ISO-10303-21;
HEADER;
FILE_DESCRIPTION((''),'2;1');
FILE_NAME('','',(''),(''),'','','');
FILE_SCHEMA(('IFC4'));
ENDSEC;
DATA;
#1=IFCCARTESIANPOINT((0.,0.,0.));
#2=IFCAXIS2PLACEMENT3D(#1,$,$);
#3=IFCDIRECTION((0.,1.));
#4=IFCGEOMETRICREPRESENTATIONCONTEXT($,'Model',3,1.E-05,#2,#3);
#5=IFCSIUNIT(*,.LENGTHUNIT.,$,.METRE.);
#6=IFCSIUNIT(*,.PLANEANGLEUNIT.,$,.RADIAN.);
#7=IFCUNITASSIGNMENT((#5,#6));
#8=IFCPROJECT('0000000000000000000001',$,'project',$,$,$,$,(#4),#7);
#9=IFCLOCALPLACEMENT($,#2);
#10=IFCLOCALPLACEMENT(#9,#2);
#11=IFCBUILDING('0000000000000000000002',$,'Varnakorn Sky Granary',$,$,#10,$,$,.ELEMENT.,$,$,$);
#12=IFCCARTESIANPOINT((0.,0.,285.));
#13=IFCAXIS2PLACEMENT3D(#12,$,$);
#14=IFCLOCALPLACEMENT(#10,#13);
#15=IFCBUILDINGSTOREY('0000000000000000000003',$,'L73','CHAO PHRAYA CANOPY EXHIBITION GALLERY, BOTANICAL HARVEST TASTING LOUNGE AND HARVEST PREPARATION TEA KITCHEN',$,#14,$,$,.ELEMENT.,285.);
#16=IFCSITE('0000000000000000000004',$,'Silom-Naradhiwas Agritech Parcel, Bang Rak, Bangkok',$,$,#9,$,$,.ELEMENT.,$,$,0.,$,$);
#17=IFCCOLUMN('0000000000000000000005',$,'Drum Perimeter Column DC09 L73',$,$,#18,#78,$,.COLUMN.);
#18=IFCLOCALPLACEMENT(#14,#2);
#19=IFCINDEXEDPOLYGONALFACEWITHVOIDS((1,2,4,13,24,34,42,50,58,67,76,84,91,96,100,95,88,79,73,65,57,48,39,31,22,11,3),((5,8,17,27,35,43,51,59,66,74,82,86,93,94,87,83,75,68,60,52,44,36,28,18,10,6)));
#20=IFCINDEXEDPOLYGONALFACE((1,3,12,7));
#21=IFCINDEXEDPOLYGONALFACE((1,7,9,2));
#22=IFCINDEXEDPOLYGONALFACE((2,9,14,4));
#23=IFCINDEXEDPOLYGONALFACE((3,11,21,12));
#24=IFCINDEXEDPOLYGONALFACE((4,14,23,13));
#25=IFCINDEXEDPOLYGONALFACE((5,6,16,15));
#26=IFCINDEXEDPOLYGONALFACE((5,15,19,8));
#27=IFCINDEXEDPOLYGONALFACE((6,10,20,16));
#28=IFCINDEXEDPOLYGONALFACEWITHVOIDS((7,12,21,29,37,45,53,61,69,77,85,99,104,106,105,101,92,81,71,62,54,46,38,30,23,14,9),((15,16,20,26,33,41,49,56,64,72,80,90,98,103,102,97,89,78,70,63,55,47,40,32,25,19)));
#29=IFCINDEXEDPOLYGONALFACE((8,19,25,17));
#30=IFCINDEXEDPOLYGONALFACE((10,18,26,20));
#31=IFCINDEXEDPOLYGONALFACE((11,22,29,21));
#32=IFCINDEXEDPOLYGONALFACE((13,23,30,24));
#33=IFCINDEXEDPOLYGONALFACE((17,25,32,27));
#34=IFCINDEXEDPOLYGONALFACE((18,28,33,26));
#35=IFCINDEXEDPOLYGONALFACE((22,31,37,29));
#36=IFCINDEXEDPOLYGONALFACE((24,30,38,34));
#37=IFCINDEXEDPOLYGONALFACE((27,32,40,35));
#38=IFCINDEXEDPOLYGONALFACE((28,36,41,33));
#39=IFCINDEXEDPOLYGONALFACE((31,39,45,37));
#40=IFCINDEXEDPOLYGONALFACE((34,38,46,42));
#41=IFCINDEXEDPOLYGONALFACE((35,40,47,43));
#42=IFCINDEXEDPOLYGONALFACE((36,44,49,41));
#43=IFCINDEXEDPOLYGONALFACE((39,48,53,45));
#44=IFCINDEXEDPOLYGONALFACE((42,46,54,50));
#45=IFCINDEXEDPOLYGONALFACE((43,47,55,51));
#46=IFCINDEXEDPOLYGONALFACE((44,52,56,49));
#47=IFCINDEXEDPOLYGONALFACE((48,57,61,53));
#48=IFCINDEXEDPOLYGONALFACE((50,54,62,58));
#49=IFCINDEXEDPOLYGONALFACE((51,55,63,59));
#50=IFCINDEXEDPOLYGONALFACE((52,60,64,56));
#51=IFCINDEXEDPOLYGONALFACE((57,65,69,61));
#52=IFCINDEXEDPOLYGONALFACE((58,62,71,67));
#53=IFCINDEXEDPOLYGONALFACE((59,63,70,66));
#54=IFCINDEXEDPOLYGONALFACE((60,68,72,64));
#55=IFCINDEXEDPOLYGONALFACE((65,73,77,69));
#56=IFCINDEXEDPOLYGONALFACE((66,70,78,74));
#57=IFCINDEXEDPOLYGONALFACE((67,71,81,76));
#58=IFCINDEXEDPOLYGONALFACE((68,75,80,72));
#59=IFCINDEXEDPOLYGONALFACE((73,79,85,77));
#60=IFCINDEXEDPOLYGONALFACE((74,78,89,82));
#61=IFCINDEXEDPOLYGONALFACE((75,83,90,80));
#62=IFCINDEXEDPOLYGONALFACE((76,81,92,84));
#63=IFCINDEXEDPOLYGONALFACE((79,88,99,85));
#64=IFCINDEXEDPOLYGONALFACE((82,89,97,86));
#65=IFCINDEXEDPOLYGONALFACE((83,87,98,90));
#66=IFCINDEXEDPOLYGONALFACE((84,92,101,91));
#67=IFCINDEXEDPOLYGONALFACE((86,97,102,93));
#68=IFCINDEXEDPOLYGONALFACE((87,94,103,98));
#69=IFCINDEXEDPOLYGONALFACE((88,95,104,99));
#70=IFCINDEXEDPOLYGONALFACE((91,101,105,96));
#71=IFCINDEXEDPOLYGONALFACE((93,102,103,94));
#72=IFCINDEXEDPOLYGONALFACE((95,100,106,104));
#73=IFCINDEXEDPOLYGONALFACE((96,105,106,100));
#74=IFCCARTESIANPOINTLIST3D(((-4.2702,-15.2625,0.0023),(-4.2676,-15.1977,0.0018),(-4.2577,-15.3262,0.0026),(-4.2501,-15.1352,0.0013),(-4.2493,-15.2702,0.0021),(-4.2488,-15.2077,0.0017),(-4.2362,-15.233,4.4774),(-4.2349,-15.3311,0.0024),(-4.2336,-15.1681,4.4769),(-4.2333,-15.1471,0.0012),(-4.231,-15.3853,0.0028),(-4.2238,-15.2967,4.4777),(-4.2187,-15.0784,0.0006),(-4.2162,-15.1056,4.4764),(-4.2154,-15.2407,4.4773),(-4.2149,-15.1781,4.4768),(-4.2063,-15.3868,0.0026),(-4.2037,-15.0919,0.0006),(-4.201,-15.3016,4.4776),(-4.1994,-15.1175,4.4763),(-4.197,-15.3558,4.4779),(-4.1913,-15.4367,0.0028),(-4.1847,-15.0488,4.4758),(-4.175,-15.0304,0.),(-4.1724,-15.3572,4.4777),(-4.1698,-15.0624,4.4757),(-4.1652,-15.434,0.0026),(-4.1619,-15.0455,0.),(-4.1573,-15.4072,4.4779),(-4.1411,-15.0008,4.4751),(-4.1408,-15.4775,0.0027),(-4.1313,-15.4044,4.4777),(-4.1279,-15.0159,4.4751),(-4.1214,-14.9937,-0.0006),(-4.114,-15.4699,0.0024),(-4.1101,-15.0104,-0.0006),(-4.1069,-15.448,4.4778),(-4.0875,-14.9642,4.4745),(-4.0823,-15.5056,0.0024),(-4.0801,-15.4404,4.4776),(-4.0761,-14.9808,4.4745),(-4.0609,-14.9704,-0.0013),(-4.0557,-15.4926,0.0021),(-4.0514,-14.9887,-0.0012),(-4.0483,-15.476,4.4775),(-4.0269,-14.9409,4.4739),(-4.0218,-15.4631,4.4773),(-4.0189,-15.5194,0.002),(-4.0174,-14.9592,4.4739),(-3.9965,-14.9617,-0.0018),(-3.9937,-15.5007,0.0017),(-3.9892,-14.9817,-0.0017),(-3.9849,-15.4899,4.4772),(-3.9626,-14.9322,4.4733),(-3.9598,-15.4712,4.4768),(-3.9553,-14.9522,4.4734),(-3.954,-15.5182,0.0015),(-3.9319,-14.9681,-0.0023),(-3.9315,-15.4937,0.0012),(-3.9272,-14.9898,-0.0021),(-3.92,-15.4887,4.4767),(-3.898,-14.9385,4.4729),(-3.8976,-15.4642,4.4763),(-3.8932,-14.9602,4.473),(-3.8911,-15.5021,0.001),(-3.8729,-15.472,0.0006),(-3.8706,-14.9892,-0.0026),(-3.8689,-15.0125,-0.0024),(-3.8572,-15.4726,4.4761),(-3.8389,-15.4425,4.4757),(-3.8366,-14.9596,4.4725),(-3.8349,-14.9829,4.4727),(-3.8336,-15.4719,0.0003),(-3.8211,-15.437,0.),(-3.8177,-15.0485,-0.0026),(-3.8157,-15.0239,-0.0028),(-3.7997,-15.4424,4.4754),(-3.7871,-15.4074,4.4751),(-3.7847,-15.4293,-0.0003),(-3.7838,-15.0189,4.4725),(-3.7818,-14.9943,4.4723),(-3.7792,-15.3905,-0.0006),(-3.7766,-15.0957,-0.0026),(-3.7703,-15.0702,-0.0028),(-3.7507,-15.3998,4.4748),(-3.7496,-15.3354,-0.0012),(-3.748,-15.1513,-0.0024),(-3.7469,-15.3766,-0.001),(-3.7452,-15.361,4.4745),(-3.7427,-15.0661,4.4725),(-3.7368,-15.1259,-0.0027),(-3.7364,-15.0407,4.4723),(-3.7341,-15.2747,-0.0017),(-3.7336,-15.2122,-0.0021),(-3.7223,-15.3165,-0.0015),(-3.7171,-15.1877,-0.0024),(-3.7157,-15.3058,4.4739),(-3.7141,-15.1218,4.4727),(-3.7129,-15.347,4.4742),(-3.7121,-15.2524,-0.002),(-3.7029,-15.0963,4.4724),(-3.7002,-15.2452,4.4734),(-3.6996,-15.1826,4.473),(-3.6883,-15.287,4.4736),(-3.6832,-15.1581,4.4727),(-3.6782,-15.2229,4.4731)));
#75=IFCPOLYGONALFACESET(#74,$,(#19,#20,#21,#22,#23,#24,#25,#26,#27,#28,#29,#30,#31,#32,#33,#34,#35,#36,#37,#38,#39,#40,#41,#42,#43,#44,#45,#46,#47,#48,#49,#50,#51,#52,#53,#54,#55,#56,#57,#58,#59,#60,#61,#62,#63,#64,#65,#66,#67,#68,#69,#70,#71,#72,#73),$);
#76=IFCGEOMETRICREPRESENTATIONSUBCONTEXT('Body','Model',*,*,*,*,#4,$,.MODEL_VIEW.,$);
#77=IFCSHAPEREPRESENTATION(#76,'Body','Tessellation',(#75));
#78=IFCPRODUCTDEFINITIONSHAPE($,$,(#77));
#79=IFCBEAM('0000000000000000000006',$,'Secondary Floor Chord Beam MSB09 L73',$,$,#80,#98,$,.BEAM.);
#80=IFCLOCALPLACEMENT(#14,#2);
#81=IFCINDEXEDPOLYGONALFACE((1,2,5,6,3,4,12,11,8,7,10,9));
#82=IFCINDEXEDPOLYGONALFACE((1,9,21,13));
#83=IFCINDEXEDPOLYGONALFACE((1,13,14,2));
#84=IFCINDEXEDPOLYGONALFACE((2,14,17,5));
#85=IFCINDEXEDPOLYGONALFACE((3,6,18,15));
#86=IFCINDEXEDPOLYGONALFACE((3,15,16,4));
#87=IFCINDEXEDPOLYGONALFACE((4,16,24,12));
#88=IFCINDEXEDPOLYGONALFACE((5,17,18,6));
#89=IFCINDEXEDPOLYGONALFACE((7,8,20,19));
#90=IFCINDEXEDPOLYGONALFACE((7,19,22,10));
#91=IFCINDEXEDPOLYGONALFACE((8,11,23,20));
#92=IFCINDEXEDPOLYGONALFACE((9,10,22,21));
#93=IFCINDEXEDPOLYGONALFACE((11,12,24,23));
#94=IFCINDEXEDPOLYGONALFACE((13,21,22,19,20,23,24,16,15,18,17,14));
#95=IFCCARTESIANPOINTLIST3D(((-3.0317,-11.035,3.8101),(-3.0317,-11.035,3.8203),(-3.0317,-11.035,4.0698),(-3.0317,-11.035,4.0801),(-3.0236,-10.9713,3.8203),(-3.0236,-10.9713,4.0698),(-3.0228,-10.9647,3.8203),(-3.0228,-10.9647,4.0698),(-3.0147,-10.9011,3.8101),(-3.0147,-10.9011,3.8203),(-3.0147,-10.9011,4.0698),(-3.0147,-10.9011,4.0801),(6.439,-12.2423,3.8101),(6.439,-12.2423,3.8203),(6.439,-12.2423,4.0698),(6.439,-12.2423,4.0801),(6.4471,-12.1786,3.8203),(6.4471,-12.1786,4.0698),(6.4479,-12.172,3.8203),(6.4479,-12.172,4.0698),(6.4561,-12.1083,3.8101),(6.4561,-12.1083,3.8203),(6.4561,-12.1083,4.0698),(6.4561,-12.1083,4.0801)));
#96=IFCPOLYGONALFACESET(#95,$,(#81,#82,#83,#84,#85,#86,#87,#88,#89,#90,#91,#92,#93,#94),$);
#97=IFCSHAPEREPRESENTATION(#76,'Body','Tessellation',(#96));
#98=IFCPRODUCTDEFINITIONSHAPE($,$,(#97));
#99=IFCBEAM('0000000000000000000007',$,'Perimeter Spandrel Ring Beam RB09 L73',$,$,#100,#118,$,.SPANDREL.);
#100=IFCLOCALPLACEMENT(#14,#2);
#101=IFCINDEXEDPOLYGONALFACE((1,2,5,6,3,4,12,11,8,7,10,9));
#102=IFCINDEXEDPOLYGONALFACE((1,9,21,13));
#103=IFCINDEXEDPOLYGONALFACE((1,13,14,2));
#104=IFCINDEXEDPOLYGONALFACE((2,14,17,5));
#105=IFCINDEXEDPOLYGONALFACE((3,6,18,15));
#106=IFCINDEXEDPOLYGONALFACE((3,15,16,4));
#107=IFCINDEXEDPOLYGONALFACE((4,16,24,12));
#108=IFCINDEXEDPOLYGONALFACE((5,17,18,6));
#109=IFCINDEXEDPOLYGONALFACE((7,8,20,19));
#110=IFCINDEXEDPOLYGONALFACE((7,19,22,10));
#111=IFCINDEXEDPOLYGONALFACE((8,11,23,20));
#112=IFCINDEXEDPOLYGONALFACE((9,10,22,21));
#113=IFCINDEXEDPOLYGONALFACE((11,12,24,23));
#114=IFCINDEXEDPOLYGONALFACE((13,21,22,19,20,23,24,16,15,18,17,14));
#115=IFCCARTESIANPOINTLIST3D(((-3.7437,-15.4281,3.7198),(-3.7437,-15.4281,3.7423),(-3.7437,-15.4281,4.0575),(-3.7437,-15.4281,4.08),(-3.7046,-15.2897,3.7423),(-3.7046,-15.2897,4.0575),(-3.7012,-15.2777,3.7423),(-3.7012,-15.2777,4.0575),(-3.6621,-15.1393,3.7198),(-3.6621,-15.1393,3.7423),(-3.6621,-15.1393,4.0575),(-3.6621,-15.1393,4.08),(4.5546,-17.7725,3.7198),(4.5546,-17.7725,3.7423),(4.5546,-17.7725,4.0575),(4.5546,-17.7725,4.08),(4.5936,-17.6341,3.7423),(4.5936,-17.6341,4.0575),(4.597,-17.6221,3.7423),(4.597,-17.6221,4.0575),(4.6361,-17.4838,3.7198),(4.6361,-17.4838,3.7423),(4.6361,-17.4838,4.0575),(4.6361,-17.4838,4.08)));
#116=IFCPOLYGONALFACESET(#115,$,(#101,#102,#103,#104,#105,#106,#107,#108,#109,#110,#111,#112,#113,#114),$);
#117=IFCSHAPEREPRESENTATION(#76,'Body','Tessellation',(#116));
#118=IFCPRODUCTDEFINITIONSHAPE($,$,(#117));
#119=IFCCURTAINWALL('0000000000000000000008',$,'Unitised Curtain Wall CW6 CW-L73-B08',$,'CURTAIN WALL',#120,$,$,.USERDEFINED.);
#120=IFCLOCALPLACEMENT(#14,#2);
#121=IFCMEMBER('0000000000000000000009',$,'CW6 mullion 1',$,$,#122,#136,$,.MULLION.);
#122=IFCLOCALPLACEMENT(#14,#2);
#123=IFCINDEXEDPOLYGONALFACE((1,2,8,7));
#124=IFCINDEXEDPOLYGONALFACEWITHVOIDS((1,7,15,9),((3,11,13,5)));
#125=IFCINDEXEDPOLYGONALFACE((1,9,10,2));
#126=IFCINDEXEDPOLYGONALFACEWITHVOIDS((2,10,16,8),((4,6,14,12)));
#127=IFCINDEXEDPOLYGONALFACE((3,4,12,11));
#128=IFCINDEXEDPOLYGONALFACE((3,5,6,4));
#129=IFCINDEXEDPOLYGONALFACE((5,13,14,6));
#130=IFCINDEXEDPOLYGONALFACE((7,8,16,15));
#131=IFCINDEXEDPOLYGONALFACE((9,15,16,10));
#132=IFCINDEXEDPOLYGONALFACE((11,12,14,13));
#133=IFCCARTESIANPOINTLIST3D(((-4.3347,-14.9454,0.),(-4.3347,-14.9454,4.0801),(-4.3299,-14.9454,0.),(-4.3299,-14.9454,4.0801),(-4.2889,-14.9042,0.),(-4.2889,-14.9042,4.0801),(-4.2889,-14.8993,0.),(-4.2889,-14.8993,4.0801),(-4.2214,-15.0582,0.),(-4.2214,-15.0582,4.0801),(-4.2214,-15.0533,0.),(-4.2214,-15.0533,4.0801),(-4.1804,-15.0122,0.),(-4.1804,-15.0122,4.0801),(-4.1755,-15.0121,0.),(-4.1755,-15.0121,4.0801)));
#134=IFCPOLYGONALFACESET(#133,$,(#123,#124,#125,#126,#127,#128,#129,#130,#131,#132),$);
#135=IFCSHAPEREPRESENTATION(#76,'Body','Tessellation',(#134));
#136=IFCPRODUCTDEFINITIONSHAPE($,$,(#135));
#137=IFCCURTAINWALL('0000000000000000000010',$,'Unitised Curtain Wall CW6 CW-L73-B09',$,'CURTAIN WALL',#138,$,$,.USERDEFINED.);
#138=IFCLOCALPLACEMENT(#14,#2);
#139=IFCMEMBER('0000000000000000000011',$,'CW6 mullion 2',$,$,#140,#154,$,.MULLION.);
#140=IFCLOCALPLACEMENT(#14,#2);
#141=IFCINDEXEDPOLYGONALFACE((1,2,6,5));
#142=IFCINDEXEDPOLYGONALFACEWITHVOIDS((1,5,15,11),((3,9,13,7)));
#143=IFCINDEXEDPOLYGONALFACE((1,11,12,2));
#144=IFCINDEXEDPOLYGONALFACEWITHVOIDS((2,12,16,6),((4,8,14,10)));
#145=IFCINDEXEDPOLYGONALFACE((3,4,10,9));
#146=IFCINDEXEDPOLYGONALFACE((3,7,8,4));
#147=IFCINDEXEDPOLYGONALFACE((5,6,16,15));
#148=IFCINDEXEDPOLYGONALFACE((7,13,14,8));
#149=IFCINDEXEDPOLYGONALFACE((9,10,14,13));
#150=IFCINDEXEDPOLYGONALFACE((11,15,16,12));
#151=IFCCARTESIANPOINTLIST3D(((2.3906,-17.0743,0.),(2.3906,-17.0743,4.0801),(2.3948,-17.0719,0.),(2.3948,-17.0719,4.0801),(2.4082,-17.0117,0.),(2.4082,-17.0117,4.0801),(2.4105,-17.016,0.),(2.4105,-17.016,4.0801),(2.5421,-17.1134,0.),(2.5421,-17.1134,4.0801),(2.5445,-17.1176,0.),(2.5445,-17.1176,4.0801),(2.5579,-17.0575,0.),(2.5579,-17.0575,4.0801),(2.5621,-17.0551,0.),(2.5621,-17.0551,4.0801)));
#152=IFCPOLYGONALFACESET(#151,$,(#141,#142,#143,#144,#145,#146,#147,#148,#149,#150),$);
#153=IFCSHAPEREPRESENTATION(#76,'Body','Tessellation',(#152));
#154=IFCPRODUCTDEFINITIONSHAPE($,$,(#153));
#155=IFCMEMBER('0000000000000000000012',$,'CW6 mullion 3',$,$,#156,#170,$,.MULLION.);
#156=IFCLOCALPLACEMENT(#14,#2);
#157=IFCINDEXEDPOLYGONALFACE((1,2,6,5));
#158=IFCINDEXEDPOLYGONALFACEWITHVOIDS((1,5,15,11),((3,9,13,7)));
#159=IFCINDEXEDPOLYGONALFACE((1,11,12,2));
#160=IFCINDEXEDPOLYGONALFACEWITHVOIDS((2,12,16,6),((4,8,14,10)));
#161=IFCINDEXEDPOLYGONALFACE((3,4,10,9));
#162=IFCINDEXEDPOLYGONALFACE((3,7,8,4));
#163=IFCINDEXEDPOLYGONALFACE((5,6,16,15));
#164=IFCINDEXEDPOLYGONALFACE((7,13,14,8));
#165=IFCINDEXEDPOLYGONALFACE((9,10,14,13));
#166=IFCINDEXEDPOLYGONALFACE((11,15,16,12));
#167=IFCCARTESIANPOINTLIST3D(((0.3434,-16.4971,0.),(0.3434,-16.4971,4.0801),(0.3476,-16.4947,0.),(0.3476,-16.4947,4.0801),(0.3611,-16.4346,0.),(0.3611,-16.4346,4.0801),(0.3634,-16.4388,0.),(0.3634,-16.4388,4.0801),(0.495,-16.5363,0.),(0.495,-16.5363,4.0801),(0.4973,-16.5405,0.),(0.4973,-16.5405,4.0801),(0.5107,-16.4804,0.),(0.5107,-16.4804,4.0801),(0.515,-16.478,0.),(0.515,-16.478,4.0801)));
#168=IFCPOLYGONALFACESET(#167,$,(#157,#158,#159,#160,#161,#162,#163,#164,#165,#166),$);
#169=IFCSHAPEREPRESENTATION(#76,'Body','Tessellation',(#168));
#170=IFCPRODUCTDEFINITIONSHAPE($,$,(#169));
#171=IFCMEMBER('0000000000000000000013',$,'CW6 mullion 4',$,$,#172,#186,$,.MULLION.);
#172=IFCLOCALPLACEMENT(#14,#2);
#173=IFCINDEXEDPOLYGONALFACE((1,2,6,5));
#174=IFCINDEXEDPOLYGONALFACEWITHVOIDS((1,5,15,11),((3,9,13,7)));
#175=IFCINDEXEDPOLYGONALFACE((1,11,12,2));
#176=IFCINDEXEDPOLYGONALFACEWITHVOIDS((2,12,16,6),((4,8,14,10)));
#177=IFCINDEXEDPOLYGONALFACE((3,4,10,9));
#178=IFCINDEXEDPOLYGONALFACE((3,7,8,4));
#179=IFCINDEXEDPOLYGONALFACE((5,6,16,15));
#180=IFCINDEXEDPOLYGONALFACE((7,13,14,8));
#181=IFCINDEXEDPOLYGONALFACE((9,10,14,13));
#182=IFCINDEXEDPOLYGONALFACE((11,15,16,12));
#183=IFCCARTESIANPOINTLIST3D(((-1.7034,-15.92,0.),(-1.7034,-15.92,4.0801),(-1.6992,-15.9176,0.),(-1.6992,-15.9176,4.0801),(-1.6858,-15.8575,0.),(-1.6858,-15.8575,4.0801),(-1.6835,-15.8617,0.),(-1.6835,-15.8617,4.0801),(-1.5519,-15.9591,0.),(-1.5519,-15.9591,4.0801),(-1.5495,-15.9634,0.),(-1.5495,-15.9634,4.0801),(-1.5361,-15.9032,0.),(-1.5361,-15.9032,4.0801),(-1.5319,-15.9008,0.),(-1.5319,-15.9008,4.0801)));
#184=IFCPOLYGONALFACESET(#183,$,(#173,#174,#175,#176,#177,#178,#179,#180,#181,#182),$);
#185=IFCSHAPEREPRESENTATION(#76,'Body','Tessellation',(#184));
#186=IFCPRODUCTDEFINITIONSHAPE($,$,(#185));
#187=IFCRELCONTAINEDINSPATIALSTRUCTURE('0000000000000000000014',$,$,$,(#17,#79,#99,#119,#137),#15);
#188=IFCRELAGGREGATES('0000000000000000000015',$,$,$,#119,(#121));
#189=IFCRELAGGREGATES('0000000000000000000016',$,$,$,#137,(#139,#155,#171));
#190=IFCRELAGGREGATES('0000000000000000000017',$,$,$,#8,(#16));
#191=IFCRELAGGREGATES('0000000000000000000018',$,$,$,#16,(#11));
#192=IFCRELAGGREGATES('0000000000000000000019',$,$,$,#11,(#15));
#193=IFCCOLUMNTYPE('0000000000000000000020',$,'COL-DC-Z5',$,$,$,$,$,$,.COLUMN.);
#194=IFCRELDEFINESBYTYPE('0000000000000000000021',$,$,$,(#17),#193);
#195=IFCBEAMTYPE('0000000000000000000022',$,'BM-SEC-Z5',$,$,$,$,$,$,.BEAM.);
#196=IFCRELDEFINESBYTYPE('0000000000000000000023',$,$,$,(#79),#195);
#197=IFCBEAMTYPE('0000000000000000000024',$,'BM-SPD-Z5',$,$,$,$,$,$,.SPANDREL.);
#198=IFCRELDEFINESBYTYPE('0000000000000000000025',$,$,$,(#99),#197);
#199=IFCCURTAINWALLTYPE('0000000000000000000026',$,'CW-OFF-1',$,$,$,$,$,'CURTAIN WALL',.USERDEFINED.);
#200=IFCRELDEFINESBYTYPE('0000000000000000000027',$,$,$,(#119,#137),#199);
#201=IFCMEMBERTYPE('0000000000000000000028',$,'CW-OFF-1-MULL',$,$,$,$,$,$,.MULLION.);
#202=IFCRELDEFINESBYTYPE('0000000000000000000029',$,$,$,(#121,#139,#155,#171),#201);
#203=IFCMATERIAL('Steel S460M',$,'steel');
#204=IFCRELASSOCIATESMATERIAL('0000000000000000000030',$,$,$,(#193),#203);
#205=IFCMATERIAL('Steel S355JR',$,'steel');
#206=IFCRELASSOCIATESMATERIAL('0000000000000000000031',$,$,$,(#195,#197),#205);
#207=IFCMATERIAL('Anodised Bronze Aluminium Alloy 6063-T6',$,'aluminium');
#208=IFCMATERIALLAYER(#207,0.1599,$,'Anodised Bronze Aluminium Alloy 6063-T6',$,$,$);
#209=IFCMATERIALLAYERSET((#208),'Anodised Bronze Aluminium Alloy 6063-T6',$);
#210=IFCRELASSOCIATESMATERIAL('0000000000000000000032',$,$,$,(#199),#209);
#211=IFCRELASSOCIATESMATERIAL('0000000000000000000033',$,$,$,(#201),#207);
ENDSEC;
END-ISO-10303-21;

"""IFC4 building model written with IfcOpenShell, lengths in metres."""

from ifc_helpers import new_model, si_unit, direction, frame, origin, origin_2d, place, context, subcontext, project, spatial, hollow_rectangle, hollow_circle, i_section, extrude, material, layer, layer_set, material_profile, profile_set, type_object, element, aggregate, save


model = new_model("IFC4")

# Units and contexts
model_context = context("Model", 3, precision=1e-05, world=origin(), true_north=direction((0.0, 1.0)))
body_context = subcontext(model_context, "Body", "Model", "MODEL_VIEW")
ifc_project = project(units=[si_unit("LENGTHUNIT", "METRE"), si_unit("PLANEANGLEUNIT", "RADIAN")], contexts=[model_context])

# Site, building, storey
site_placement = place(None, origin())
site = spatial("IfcSite", under=ifc_project, at=site_placement, Name="Silom-Naradhiwas Agritech Parcel, Bang Rak, Bangkok", CompositionType="ELEMENT", RefElevation=0.0)
building_placement = place(site_placement, origin())
building = spatial("IfcBuilding", under=site, at=building_placement, Name="Varnakorn Sky Granary", CompositionType="ELEMENT")
storey_placement = place(building_placement, frame((0.0, 0.0, 285.0)))
storey = spatial("IfcBuildingStorey", under=building, at=storey_placement, Name="L73", Description="CHAO PHRAYA CANOPY EXHIBITION GALLERY, BOTANICAL HARVEST TASTING LOUNGE AND HARVEST PREPARATION TEA KITCHEN", CompositionType="ELEMENT", Elevation=285.0)

# Column
ifc_material_1 = material(Name="Steel S460M", Category="steel")
ifc_material_profile_1 = material_profile(ifc_material_1, hollow_circle(Radius=0.2795, WallThickness=0.02, at=origin_2d()), Name="CHS 559x20")
ifc_profile_set_1 = profile_set([ifc_material_profile_1], Name="Steel S460M")
column_type = type_object("IfcColumnType", Name="COL-DC-Z5", PredefinedType="COLUMN", material=ifc_profile_set_1)
column_placement = place(storey_placement, frame((-3.9915, -15.2412, 0.0), z_axis=(0.007583, 0.006601, 0.999949), x_axis=(-0.656582, 0.754255, 0.0)))
element("IfcColumn", 1, at=column_placement, inside=storey, type_object=column_type, Name="Drum Perimeter Column DC09 L73", PredefinedType="COLUMN", context=body_context, shape_type="SweptSolid", body=[
    extrude(hollow_circle(Radius=0.2795, WallThickness=0.02, at=origin_2d()), origin(), (0.0, 0.0, 1.0), 4.4753),
])

# Beams
ifc_material_2 = material(Name="Steel S355JR", Category="steel")
ifc_material_profile_2 = material_profile(ifc_material_2, i_section(OverallWidth=0.135, OverallDepth=0.27, WebThickness=0.0066, FlangeThickness=0.0103, at=origin_2d()), Name="IPE 270")
ifc_profile_set_2 = profile_set([ifc_material_profile_2], Name="Steel S355JR")
beam_type_1 = type_object("IfcBeamType", Name="BM-SEC-Z5", PredefinedType="BEAM", material=ifc_profile_set_2)
beam_1_placement = place(storey_placement, frame((-3.0232, -10.968, 3.9451), z_axis=(0.991973, -0.126451, 0.0), x_axis=(0.126451, 0.991973, 0.0)))
element("IfcBeam", 2, at=beam_1_placement, inside=storey, type_object=beam_type_1, Name="Secondary Floor Chord Beam MSB09 L73", PredefinedType="BEAM", context=body_context, shape_type="SweptSolid", body=[
    extrude(i_section(OverallWidth=0.135, OverallDepth=0.27, WebThickness=0.0066, FlangeThickness=0.0103, at=origin_2d()), origin(), (0.0, 0.0, 1.0), 9.5474),
])
ifc_material_profile_3 = material_profile(ifc_material_2, i_section(OverallWidth=0.3, OverallDepth=0.3601, WebThickness=0.0125, FlangeThickness=0.0225, at=origin_2d()), Name="HE 360 B")
ifc_profile_set_3 = profile_set([ifc_material_profile_3], Name="Steel S355JR")
beam_type_2 = type_object("IfcBeamType", Name="BM-SPD-Z5", PredefinedType="SPANDREL", material=ifc_profile_set_3)
beam_2_placement = place(storey_placement, frame((-3.7029, -15.2837, 3.8999), z_axis=(0.962331, -0.271882, 0.0), x_axis=(0.271882, 0.962331, 0.0)))
element("IfcBeam", 3, at=beam_2_placement, inside=storey, type_object=beam_type_2, Name="Perimeter Spandrel Ring Beam RB09 L73", PredefinedType="SPANDREL", context=body_context, shape_type="SweptSolid", body=[
    extrude(i_section(OverallWidth=0.3, OverallDepth=0.3601, WebThickness=0.0125, FlangeThickness=0.0225, at=origin_2d()), origin(), (0.0, 0.0, 1.0), 8.623),
])

# Curtain wall, member
ifc_material_3 = material(Name="Anodised Bronze Aluminium Alloy 6063-T6", Category="aluminium")
ifc_layer_1 = layer(ifc_material_3, 0.1599, Name="Anodised Bronze Aluminium Alloy 6063-T6")
ifc_layer_set_1 = layer_set([ifc_layer_1], Name="Anodised Bronze Aluminium Alloy 6063-T6")
curtain_wall_type = type_object("IfcCurtainWallType", Name="CW-OFF-1", ElementType="CURTAIN WALL", PredefinedType="USERDEFINED", material=ifc_layer_set_1)
curtain_wall_1_placement = place(storey_placement, origin())
curtain_wall_1 = element("IfcCurtainWall", 4, at=curtain_wall_1_placement, inside=storey, type_object=curtain_wall_type, Name="Unitised Curtain Wall CW6 CW-L73-B08", ObjectType="CURTAIN WALL", PredefinedType="USERDEFINED")
ifc_material_profile_4 = material_profile(ifc_material_3, hollow_rectangle(XDim=0.0649, YDim=0.1599, WallThickness=0.0034, at=origin_2d()), Name="ALU MULL 65x160")
ifc_profile_set_4 = profile_set([ifc_material_profile_4], Name="Anodised Bronze Aluminium Alloy 6063-T6")
member_type_1 = type_object("IfcMemberType", Name="CW-OFF-1-MULL", PredefinedType="MULLION", material=ifc_profile_set_4)
member_1_placement = place(storey_placement, frame((-4.2551, -14.9788, 0.0), z_axis=(0.0, 0.0, 1.0), x_axis=(-0.705419, -0.708791, 0.0)))
member_1 = element("IfcMember", 5, at=member_1_placement, type_object=member_type_1, Name="CW6 mullion 1", PredefinedType="MULLION", context=body_context, shape_type="SweptSolid", body=[
    extrude(hollow_rectangle(XDim=0.0649, YDim=0.1599, WallThickness=0.0034, at=origin_2d()), origin(), (0.0, 0.0, 1.0), 4.0801),
])
aggregate(curtain_wall_1, [member_1])

# Curtain wall, members
curtain_wall_2_placement = place(storey_placement, origin())
curtain_wall_2 = element("IfcCurtainWall", 6, at=curtain_wall_2_placement, inside=storey, type_object=curtain_wall_type, Name="Unitised Curtain Wall CW6 CW-L73-B09", ObjectType="CURTAIN WALL", PredefinedType="USERDEFINED")
member_2_placement = place(storey_placement, frame((2.4763, -17.0647, 0.0), z_axis=(0.0, 0.0, 1.0), x_axis=(-0.271372, -0.962474, 0.0)))
member_2 = element("IfcMember", 7, at=member_2_placement, type_object=member_type_1, Name="CW6 mullion 2", PredefinedType="MULLION", context=body_context, shape_type="SweptSolid", body=[
    extrude(hollow_rectangle(XDim=0.0649, YDim=0.1599, WallThickness=0.0034, at=origin_2d()), origin(), (0.0, 0.0, 1.0), 4.0801),
])
member_3_placement = place(storey_placement, frame((0.4292, -16.4875, 0.0), z_axis=(0.0, 0.0, 1.0), x_axis=(-0.271372, -0.962474, 0.0)))
member_3 = element("IfcMember", 8, at=member_3_placement, type_object=member_type_1, Name="CW6 mullion 3", PredefinedType="MULLION", context=body_context, shape_type="SweptSolid", body=[
    extrude(hollow_rectangle(XDim=0.0649, YDim=0.1599, WallThickness=0.0034, at=origin_2d()), origin(), (0.0, 0.0, 1.0), 4.0801),
])
member_4_placement = place(storey_placement, frame((-1.6177, -15.9104, 0.0), z_axis=(0.0, 0.0, 1.0), x_axis=(-0.271372, -0.962474, 0.0)))
member_4 = element("IfcMember", 9, at=member_4_placement, type_object=member_type_1, Name="CW6 mullion 4", PredefinedType="MULLION", context=body_context, shape_type="SweptSolid", body=[
    extrude(hollow_rectangle(XDim=0.0649, YDim=0.1599, WallThickness=0.0034, at=origin_2d()), origin(), (0.0, 0.0, 1.0), 4.0801),
])

aggregate(curtain_wall_2, [member_2, member_3, member_4])

save(model, "model.ifc")
